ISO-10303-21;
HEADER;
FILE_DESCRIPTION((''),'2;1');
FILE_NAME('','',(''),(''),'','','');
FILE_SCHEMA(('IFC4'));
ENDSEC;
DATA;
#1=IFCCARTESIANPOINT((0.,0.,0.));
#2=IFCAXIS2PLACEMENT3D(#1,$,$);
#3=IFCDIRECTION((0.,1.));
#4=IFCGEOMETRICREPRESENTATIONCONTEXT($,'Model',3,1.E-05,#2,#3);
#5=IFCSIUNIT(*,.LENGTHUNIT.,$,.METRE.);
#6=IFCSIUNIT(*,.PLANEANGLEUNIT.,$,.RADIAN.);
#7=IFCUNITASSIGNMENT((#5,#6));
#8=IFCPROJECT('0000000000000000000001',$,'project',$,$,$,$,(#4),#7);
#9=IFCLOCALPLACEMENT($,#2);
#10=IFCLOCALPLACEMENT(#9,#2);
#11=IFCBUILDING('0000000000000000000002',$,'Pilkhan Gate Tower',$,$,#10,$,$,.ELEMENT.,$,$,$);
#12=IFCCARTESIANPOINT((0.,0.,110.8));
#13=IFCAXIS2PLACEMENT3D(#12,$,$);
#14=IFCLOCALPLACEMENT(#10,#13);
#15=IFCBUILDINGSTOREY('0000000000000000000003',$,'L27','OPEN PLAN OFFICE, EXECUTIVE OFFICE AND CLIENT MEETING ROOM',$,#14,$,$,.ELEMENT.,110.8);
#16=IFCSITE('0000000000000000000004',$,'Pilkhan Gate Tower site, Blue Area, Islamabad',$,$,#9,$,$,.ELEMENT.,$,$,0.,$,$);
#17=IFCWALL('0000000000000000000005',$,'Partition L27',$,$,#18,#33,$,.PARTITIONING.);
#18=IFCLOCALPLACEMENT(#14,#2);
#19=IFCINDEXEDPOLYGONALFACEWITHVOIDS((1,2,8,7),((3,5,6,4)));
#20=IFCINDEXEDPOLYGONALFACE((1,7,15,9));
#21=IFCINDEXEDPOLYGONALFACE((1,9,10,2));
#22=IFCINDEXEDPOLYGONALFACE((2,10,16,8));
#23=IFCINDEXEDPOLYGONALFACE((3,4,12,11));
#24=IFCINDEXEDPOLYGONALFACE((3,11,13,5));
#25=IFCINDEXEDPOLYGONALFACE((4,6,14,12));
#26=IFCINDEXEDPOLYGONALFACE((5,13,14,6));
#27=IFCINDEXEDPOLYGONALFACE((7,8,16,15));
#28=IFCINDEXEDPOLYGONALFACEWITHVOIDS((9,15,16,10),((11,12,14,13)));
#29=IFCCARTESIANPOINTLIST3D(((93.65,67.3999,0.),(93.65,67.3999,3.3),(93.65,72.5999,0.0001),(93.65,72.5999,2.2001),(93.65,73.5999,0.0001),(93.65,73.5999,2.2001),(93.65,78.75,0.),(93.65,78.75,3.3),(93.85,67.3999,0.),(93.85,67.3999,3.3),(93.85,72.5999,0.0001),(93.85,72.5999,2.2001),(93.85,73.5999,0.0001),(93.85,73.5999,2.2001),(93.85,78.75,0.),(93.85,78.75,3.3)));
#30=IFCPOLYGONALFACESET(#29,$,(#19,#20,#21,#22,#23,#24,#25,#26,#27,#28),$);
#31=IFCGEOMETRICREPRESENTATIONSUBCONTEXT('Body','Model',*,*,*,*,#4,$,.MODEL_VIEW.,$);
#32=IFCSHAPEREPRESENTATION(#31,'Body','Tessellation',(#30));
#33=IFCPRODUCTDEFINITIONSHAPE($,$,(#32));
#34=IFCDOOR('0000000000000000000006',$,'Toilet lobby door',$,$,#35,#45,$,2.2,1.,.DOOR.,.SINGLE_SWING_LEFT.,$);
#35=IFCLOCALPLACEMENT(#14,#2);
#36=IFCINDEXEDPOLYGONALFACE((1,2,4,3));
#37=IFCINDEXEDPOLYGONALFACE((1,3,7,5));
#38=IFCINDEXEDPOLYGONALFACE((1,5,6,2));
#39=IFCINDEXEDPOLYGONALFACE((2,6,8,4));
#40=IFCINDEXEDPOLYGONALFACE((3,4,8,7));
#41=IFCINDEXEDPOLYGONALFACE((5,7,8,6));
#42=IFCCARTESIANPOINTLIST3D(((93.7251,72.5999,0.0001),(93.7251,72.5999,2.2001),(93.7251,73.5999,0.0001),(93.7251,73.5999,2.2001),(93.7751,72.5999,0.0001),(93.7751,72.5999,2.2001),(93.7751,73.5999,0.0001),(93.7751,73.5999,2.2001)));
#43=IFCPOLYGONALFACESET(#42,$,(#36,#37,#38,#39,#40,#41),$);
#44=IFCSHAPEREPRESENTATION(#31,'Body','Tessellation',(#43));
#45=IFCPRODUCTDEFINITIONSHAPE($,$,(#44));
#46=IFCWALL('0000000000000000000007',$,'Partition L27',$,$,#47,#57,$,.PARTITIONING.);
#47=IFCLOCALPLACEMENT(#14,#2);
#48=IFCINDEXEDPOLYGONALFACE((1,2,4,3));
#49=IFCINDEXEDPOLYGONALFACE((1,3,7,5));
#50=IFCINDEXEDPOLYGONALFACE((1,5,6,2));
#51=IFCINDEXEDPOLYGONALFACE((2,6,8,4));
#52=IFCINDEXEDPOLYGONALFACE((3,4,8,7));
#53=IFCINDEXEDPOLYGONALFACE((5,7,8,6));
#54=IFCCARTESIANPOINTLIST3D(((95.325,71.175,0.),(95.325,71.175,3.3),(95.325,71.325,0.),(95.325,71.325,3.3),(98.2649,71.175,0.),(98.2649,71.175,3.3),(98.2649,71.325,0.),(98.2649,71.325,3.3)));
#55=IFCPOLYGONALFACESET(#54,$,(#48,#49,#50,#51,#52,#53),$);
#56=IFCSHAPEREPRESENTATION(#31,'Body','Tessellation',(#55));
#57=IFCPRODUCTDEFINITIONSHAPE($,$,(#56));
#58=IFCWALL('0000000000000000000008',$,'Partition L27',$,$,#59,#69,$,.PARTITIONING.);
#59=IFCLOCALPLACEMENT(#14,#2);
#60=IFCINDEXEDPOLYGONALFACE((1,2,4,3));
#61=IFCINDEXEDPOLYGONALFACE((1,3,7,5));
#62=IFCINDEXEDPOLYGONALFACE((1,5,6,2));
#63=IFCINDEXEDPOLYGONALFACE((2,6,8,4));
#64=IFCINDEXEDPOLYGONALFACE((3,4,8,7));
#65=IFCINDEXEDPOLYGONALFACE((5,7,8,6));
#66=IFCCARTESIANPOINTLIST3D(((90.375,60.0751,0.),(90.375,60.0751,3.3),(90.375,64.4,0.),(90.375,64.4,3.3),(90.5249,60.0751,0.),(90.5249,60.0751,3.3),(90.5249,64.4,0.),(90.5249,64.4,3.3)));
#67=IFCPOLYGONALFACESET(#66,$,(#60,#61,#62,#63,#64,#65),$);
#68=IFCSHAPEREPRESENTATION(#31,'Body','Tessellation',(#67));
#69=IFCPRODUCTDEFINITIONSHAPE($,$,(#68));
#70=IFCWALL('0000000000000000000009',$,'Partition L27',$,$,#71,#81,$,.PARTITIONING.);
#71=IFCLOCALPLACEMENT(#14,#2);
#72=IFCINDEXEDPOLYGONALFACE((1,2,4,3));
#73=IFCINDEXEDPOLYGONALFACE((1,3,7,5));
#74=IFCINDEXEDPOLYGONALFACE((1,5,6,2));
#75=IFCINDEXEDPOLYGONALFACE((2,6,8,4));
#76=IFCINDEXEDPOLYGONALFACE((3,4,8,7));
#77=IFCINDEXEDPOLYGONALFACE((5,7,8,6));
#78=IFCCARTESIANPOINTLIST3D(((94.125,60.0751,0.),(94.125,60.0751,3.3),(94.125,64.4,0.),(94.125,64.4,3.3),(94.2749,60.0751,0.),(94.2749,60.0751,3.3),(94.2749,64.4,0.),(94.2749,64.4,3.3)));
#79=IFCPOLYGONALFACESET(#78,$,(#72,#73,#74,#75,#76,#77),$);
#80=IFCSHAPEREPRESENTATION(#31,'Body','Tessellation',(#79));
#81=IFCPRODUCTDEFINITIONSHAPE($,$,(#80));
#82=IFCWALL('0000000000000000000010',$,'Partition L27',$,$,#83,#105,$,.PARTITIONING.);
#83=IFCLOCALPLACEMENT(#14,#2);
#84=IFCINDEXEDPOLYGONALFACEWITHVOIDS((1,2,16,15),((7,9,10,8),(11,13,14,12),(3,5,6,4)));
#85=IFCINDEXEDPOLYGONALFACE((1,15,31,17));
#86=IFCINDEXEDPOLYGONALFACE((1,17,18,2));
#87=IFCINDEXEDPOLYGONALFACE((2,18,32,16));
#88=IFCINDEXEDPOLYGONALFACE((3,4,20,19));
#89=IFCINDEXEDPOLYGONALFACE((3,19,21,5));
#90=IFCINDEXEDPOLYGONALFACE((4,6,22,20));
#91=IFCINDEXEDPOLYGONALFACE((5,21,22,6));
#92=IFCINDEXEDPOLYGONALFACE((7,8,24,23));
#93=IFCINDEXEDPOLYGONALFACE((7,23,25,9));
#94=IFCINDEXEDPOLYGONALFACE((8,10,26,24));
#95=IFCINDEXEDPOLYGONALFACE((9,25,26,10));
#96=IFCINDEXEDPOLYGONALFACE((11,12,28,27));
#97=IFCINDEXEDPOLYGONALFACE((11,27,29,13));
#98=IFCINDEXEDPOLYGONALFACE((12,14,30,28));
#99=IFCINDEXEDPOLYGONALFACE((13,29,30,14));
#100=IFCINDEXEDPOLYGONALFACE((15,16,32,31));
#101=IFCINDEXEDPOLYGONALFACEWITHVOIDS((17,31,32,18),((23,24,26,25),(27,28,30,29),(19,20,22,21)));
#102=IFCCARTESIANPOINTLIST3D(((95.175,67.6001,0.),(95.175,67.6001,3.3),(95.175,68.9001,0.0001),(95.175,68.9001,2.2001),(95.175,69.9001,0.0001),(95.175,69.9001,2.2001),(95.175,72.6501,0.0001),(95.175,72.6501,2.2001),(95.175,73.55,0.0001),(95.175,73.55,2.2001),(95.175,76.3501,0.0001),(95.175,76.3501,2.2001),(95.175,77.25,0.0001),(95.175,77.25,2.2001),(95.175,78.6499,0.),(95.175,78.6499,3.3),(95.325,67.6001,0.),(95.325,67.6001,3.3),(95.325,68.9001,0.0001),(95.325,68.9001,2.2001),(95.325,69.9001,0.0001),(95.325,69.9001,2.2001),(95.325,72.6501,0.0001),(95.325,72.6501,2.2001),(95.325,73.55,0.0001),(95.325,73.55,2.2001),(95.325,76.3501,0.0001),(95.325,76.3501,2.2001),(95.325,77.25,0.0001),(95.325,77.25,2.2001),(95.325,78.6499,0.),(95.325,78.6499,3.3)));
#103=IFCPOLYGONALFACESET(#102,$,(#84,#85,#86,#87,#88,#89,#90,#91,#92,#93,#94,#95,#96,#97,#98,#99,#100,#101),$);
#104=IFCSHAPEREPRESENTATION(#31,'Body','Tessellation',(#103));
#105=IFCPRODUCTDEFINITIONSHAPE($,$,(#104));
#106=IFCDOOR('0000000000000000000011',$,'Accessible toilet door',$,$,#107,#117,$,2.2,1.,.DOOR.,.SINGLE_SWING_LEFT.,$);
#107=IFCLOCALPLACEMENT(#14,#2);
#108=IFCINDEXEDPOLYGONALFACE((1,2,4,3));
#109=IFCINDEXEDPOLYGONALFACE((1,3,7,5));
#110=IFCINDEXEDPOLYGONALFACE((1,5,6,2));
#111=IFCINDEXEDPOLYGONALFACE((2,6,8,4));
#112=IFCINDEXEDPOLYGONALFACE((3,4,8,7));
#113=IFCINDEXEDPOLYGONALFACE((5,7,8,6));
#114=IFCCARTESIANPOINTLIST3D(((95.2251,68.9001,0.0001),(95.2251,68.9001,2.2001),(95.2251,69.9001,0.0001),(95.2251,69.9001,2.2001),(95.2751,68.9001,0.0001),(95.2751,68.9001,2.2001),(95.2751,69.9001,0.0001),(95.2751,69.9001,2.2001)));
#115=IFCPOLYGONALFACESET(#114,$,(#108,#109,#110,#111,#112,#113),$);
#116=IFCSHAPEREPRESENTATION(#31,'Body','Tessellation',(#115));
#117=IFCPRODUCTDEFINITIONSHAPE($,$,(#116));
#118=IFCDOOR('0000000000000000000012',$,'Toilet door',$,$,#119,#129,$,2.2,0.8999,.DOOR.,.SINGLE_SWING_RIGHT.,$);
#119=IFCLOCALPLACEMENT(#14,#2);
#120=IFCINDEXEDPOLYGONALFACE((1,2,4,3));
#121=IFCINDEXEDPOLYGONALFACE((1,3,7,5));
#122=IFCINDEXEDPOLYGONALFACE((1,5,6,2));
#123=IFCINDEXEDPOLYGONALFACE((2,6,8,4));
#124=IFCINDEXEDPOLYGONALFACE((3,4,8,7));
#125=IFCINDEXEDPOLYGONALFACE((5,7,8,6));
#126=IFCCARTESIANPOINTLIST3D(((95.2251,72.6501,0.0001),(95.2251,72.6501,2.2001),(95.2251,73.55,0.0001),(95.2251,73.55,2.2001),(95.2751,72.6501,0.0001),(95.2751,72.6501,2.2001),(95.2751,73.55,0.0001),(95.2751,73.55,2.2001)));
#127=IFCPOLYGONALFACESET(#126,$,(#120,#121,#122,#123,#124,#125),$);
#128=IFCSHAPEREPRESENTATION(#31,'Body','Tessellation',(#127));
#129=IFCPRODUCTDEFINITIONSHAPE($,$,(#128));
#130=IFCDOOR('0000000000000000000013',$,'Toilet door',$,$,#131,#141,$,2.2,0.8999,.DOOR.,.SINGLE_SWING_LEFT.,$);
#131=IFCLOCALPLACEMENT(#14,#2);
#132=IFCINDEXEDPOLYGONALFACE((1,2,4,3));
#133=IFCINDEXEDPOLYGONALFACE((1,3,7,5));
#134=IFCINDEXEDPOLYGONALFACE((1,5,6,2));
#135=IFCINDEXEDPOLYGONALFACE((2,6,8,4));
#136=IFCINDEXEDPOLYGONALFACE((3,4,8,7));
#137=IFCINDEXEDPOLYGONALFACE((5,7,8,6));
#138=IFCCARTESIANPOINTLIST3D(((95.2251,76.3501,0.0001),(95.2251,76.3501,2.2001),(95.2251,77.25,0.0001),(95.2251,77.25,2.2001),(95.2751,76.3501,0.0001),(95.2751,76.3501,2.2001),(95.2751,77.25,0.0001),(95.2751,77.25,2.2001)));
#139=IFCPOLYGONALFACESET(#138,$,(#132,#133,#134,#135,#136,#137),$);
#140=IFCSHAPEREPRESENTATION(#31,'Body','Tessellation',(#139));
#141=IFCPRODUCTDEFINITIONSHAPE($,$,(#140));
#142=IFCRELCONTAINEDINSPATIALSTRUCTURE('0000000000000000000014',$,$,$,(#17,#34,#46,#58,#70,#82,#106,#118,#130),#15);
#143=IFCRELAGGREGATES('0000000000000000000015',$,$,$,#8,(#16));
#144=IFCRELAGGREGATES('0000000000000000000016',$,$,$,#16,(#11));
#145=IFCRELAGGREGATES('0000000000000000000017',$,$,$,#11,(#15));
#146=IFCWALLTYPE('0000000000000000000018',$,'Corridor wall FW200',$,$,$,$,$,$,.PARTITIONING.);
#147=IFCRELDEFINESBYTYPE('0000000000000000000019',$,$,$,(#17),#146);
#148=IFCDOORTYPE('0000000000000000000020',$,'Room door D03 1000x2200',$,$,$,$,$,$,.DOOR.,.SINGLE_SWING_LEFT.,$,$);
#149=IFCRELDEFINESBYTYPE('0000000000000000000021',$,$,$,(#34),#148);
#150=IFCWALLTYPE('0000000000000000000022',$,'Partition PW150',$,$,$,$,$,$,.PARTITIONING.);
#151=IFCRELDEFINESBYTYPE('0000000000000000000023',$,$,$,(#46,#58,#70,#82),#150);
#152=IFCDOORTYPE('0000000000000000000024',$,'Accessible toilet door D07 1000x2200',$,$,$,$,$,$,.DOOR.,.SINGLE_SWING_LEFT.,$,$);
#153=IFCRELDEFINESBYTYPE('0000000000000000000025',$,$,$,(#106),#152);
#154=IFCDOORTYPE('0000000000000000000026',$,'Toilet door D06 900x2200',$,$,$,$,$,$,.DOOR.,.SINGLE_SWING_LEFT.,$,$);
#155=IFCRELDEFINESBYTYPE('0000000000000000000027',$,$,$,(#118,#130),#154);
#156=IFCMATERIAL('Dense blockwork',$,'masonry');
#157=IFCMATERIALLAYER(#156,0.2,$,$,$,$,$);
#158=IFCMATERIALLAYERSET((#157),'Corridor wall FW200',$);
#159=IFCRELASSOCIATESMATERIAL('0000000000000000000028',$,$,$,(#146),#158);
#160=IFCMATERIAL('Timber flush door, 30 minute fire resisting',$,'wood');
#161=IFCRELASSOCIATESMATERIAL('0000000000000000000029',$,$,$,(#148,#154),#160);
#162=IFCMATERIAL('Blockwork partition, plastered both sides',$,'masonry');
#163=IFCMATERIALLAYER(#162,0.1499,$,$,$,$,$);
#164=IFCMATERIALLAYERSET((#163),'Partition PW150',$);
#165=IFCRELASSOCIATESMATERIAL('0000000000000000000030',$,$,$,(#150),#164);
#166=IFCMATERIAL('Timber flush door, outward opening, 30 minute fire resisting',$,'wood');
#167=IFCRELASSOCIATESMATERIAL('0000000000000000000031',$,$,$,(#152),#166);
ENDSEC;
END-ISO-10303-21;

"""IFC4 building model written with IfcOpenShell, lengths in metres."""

from ifc_helpers import new_model, si_unit, direction, frame, frame_2d, origin, place, context, subcontext, project, spatial, rectangle, extrude, material, layer, layer_set, type_object, element, fill, save


model = new_model("IFC4")

# Units and contexts
model_context = context("Model", 3, precision=1e-05, world=origin(), true_north=direction((0.0, 1.0)))
body_context = subcontext(model_context, "Body", "Model", "MODEL_VIEW")
ifc_project = project(units=[si_unit("LENGTHUNIT", "METRE"), si_unit("PLANEANGLEUNIT", "RADIAN")], contexts=[model_context])

# Site, building, storey
site_placement = place(None, origin())
site = spatial("IfcSite", under=ifc_project, at=site_placement, Name="Pilkhan Gate Tower site, Blue Area, Islamabad", CompositionType="ELEMENT", RefElevation=0.0)
building_placement = place(site_placement, origin())
building = spatial("IfcBuilding", under=site, at=building_placement, Name="Pilkhan Gate Tower", CompositionType="ELEMENT")
storey_placement = place(building_placement, frame((0.0, 0.0, 110.8)))
storey = spatial("IfcBuildingStorey", under=building, at=storey_placement, Name="L27", Description="OPEN PLAN OFFICE, EXECUTIVE OFFICE AND CLIENT MEETING ROOM", CompositionType="ELEMENT", Elevation=110.8)

# Shared definitions
ifc_material_1 = material(Name="Dense blockwork", Category="masonry")
ifc_layer_1 = layer(ifc_material_1, 0.2)
ifc_layer_set_1 = layer_set([ifc_layer_1], Name="Corridor wall FW200")
wall_type_1 = type_object("IfcWallType", Name="Corridor wall FW200", PredefinedType="PARTITIONING", material=ifc_layer_set_1)

# Wall, opening, door
wall_1_placement = place(storey_placement, frame((93.75, 67.3999, 0.0), z_axis=(0.0, 0.0, 1.0), x_axis=(0.0, 1.0, 0.0)))
wall_1 = element("IfcWall", 1, at=wall_1_placement, inside=storey, type_object=wall_type_1, Name="Partition L27", PredefinedType="PARTITIONING", context=body_context, shape_type="SweptSolid", body=[
    extrude(rectangle(XDim=11.3501, YDim=0.2, at=frame_2d((5.675, 0.0))), origin(), (0.0, 0.0, 1.0), 3.3),
])
opening_1_placement = place(wall_1_placement, frame((5.2, 0.0, 0.0)))
opening_1 = element("IfcOpeningElement", 2, at=opening_1_placement, cuts=wall_1, PredefinedType="OPENING", context=body_context, shape_type="SweptSolid", body=[
    extrude(rectangle(XDim=1.0, YDim=2.2, at=frame_2d((0.5, 1.1001))), frame((0.0, 0.1099, 0.0), z_axis=(0.0, -1.0, 0.0), x_axis=(1.0, 0.0, 0.0)), (0.0, 0.0, 1.0), 0.22),
])
ifc_material_2 = material(Name="Timber flush door, 30 minute fire resisting", Category="wood")
door_type_1 = type_object("IfcDoorType", Name="Room door D03 1000x2200", OperationType="SINGLE_SWING_LEFT", PredefinedType="DOOR", material=ifc_material_2)
door_1_placement = place(opening_1_placement, origin())
door_1 = element("IfcDoor", 3, at=door_1_placement, inside=storey, type_object=door_type_1, Name="Toilet lobby door", OperationType="SINGLE_SWING_LEFT", OverallHeight=2.2, OverallWidth=1.0, PredefinedType="DOOR", context=body_context, shape_type="SweptSolid", body=[
    extrude(rectangle(XDim=1.0, YDim=2.2, at=frame_2d((0.5, 1.1001))), frame((0.0, 0.0249, 0.0), z_axis=(0.0, -1.0, 0.0), x_axis=(1.0, 0.0, 0.0)), (0.0, 0.0, 1.0), 0.05),
])
fill(opening_1, door_1)

# Walls
ifc_material_3 = material(Name="Blockwork partition, plastered both sides", Category="masonry")
ifc_layer_2 = layer(ifc_material_3, 0.1499)
ifc_layer_set_2 = layer_set([ifc_layer_2], Name="Partition PW150")
wall_type_2 = type_object("IfcWallType", Name="Partition PW150", PredefinedType="PARTITIONING", material=ifc_layer_set_2)
wall_2_placement = place(storey_placement, frame((95.325, 71.25, 0.0), z_axis=(0.0, 0.0, 1.0), x_axis=(1.0, 0.0, 0.0)))
element("IfcWall", 4, at=wall_2_placement, inside=storey, type_object=wall_type_2, Name="Partition L27", PredefinedType="PARTITIONING", context=body_context, shape_type="SweptSolid", body=[
    extrude(rectangle(XDim=2.9399, YDim=0.1499, at=frame_2d((1.47, 0.0))), origin(), (0.0, 0.0, 1.0), 3.3),
])
for number, where, z_axis, x_axis, name in (
    (5, (90.45, 60.075, 0.0), (0.0, 0.0, 1.0), (0.0, 1.0, 0.0), "Partition L27"),
    (6, (94.2, 60.075, 0.0), (0.0, 0.0, 1.0), (0.0, 1.0, 0.0), "Partition L27"),
):
    element("IfcWall", number, at=place(storey_placement, frame(where, z_axis=z_axis, x_axis=x_axis)), inside=storey, type_object=wall_type_2, Name=name, PredefinedType="PARTITIONING", context=body_context, shape_type="SweptSolid", body=[
        extrude(rectangle(XDim=4.325, YDim=0.1499, at=frame_2d((2.1626, 0.0))), origin(), (0.0, 0.0, 1.0), 3.3),
    ])

# Wall, openings, doors
wall_3_placement = place(storey_placement, frame((95.25, 67.6001, 0.0), z_axis=(0.0, 0.0, 1.0), x_axis=(0.0, 1.0, 0.0)))
wall_3 = element("IfcWall", 7, at=wall_3_placement, inside=storey, type_object=wall_type_2, Name="Partition L27", PredefinedType="PARTITIONING", context=body_context, shape_type="SweptSolid", body=[
    extrude(rectangle(XDim=11.0498, YDim=0.1499, at=frame_2d((5.5249, 0.0))), origin(), (0.0, 0.0, 1.0), 3.3),
])
opening_2_placement = place(wall_3_placement, frame((1.3, 0.0, 0.0)))
opening_2 = element("IfcOpeningElement", 8, at=opening_2_placement, cuts=wall_3, PredefinedType="OPENING", context=body_context, shape_type="SweptSolid", body=[
    extrude(rectangle(XDim=1.0, YDim=2.2, at=frame_2d((0.5, 1.1001))), frame((0.0, 0.085, 0.0), z_axis=(0.0, -1.0, 0.0), x_axis=(1.0, 0.0, 0.0)), (0.0, 0.0, 1.0), 0.1699),
])
opening_3_placement = place(wall_3_placement, frame((5.05, 0.0, 0.0)))
opening_3 = element("IfcOpeningElement", 9, at=opening_3_placement, cuts=wall_3, PredefinedType="OPENING", context=body_context, shape_type="SweptSolid", body=[
    extrude(rectangle(XDim=0.8999, YDim=2.2, at=frame_2d((0.45, 1.1001))), frame((0.0, 0.085, 0.0), z_axis=(0.0, -1.0, 0.0), x_axis=(1.0, 0.0, 0.0)), (0.0, 0.0, 1.0), 0.1699),
])
opening_4_placement = place(wall_3_placement, frame((8.75, 0.0, 0.0)))
opening_4 = element("IfcOpeningElement", 10, at=opening_4_placement, cuts=wall_3, PredefinedType="OPENING", context=body_context, shape_type="SweptSolid", body=[
    extrude(rectangle(XDim=0.8999, YDim=2.2, at=frame_2d((0.45, 1.1001))), frame((0.0, 0.085, 0.0), z_axis=(0.0, -1.0, 0.0), x_axis=(1.0, 0.0, 0.0)), (0.0, 0.0, 1.0), 0.1699),
])
ifc_material_4 = material(Name="Timber flush door, outward opening, 30 minute fire resisting", Category="wood")
door_type_2 = type_object("IfcDoorType", Name="Accessible toilet door D07 1000x2200", OperationType="SINGLE_SWING_LEFT", PredefinedType="DOOR", material=ifc_material_4)
door_2_placement = place(opening_2_placement, origin())
door_2 = element("IfcDoor", 11, at=door_2_placement, inside=storey, type_object=door_type_2, Name="Accessible toilet door", OperationType="SINGLE_SWING_LEFT", OverallHeight=2.2, OverallWidth=1.0, PredefinedType="DOOR", context=body_context, shape_type="SweptSolid", body=[
    extrude(rectangle(XDim=1.0, YDim=2.2, at=frame_2d((0.5, 1.1001))), frame((0.0, 0.0249, 0.0), z_axis=(0.0, -1.0, 0.0), x_axis=(1.0, 0.0, 0.0)), (0.0, 0.0, 1.0), 0.05),
])
fill(opening_2, door_2)
door_type_3 = type_object("IfcDoorType", Name="Toilet door D06 900x2200", OperationType="SINGLE_SWING_LEFT", PredefinedType="DOOR", material=ifc_material_2)
door_3_placement = place(opening_3_placement, origin())
door_3 = element("IfcDoor", 12, at=door_3_placement, inside=storey, type_object=door_type_3, Name="Toilet door", OperationType="SINGLE_SWING_RIGHT", OverallHeight=2.2, OverallWidth=0.8999, PredefinedType="DOOR", context=body_context, shape_type="SweptSolid", body=[
    extrude(rectangle(XDim=0.8999, YDim=2.2, at=frame_2d((0.45, 1.1001))), frame((0.0, 0.0249, 0.0), z_axis=(0.0, -1.0, 0.0), x_axis=(1.0, 0.0, 0.0)), (0.0, 0.0, 1.0), 0.05),
])
fill(opening_3, door_3)
door_4_placement = place(opening_4_placement, origin())
door_4 = element("IfcDoor", 13, at=door_4_placement, inside=storey, type_object=door_type_3, Name="Toilet door", OperationType="SINGLE_SWING_LEFT", OverallHeight=2.2, OverallWidth=0.8999, PredefinedType="DOOR", context=body_context, shape_type="SweptSolid", body=[
    extrude(rectangle(XDim=0.8999, YDim=2.2, at=frame_2d((0.45, 1.1001))), frame((0.0, 0.0249, 0.0), z_axis=(0.0, -1.0, 0.0), x_axis=(1.0, 0.0, 0.0)), (0.0, 0.0, 1.0), 0.05),
])
fill(opening_4, door_4)

save(model, "model.ifc")
